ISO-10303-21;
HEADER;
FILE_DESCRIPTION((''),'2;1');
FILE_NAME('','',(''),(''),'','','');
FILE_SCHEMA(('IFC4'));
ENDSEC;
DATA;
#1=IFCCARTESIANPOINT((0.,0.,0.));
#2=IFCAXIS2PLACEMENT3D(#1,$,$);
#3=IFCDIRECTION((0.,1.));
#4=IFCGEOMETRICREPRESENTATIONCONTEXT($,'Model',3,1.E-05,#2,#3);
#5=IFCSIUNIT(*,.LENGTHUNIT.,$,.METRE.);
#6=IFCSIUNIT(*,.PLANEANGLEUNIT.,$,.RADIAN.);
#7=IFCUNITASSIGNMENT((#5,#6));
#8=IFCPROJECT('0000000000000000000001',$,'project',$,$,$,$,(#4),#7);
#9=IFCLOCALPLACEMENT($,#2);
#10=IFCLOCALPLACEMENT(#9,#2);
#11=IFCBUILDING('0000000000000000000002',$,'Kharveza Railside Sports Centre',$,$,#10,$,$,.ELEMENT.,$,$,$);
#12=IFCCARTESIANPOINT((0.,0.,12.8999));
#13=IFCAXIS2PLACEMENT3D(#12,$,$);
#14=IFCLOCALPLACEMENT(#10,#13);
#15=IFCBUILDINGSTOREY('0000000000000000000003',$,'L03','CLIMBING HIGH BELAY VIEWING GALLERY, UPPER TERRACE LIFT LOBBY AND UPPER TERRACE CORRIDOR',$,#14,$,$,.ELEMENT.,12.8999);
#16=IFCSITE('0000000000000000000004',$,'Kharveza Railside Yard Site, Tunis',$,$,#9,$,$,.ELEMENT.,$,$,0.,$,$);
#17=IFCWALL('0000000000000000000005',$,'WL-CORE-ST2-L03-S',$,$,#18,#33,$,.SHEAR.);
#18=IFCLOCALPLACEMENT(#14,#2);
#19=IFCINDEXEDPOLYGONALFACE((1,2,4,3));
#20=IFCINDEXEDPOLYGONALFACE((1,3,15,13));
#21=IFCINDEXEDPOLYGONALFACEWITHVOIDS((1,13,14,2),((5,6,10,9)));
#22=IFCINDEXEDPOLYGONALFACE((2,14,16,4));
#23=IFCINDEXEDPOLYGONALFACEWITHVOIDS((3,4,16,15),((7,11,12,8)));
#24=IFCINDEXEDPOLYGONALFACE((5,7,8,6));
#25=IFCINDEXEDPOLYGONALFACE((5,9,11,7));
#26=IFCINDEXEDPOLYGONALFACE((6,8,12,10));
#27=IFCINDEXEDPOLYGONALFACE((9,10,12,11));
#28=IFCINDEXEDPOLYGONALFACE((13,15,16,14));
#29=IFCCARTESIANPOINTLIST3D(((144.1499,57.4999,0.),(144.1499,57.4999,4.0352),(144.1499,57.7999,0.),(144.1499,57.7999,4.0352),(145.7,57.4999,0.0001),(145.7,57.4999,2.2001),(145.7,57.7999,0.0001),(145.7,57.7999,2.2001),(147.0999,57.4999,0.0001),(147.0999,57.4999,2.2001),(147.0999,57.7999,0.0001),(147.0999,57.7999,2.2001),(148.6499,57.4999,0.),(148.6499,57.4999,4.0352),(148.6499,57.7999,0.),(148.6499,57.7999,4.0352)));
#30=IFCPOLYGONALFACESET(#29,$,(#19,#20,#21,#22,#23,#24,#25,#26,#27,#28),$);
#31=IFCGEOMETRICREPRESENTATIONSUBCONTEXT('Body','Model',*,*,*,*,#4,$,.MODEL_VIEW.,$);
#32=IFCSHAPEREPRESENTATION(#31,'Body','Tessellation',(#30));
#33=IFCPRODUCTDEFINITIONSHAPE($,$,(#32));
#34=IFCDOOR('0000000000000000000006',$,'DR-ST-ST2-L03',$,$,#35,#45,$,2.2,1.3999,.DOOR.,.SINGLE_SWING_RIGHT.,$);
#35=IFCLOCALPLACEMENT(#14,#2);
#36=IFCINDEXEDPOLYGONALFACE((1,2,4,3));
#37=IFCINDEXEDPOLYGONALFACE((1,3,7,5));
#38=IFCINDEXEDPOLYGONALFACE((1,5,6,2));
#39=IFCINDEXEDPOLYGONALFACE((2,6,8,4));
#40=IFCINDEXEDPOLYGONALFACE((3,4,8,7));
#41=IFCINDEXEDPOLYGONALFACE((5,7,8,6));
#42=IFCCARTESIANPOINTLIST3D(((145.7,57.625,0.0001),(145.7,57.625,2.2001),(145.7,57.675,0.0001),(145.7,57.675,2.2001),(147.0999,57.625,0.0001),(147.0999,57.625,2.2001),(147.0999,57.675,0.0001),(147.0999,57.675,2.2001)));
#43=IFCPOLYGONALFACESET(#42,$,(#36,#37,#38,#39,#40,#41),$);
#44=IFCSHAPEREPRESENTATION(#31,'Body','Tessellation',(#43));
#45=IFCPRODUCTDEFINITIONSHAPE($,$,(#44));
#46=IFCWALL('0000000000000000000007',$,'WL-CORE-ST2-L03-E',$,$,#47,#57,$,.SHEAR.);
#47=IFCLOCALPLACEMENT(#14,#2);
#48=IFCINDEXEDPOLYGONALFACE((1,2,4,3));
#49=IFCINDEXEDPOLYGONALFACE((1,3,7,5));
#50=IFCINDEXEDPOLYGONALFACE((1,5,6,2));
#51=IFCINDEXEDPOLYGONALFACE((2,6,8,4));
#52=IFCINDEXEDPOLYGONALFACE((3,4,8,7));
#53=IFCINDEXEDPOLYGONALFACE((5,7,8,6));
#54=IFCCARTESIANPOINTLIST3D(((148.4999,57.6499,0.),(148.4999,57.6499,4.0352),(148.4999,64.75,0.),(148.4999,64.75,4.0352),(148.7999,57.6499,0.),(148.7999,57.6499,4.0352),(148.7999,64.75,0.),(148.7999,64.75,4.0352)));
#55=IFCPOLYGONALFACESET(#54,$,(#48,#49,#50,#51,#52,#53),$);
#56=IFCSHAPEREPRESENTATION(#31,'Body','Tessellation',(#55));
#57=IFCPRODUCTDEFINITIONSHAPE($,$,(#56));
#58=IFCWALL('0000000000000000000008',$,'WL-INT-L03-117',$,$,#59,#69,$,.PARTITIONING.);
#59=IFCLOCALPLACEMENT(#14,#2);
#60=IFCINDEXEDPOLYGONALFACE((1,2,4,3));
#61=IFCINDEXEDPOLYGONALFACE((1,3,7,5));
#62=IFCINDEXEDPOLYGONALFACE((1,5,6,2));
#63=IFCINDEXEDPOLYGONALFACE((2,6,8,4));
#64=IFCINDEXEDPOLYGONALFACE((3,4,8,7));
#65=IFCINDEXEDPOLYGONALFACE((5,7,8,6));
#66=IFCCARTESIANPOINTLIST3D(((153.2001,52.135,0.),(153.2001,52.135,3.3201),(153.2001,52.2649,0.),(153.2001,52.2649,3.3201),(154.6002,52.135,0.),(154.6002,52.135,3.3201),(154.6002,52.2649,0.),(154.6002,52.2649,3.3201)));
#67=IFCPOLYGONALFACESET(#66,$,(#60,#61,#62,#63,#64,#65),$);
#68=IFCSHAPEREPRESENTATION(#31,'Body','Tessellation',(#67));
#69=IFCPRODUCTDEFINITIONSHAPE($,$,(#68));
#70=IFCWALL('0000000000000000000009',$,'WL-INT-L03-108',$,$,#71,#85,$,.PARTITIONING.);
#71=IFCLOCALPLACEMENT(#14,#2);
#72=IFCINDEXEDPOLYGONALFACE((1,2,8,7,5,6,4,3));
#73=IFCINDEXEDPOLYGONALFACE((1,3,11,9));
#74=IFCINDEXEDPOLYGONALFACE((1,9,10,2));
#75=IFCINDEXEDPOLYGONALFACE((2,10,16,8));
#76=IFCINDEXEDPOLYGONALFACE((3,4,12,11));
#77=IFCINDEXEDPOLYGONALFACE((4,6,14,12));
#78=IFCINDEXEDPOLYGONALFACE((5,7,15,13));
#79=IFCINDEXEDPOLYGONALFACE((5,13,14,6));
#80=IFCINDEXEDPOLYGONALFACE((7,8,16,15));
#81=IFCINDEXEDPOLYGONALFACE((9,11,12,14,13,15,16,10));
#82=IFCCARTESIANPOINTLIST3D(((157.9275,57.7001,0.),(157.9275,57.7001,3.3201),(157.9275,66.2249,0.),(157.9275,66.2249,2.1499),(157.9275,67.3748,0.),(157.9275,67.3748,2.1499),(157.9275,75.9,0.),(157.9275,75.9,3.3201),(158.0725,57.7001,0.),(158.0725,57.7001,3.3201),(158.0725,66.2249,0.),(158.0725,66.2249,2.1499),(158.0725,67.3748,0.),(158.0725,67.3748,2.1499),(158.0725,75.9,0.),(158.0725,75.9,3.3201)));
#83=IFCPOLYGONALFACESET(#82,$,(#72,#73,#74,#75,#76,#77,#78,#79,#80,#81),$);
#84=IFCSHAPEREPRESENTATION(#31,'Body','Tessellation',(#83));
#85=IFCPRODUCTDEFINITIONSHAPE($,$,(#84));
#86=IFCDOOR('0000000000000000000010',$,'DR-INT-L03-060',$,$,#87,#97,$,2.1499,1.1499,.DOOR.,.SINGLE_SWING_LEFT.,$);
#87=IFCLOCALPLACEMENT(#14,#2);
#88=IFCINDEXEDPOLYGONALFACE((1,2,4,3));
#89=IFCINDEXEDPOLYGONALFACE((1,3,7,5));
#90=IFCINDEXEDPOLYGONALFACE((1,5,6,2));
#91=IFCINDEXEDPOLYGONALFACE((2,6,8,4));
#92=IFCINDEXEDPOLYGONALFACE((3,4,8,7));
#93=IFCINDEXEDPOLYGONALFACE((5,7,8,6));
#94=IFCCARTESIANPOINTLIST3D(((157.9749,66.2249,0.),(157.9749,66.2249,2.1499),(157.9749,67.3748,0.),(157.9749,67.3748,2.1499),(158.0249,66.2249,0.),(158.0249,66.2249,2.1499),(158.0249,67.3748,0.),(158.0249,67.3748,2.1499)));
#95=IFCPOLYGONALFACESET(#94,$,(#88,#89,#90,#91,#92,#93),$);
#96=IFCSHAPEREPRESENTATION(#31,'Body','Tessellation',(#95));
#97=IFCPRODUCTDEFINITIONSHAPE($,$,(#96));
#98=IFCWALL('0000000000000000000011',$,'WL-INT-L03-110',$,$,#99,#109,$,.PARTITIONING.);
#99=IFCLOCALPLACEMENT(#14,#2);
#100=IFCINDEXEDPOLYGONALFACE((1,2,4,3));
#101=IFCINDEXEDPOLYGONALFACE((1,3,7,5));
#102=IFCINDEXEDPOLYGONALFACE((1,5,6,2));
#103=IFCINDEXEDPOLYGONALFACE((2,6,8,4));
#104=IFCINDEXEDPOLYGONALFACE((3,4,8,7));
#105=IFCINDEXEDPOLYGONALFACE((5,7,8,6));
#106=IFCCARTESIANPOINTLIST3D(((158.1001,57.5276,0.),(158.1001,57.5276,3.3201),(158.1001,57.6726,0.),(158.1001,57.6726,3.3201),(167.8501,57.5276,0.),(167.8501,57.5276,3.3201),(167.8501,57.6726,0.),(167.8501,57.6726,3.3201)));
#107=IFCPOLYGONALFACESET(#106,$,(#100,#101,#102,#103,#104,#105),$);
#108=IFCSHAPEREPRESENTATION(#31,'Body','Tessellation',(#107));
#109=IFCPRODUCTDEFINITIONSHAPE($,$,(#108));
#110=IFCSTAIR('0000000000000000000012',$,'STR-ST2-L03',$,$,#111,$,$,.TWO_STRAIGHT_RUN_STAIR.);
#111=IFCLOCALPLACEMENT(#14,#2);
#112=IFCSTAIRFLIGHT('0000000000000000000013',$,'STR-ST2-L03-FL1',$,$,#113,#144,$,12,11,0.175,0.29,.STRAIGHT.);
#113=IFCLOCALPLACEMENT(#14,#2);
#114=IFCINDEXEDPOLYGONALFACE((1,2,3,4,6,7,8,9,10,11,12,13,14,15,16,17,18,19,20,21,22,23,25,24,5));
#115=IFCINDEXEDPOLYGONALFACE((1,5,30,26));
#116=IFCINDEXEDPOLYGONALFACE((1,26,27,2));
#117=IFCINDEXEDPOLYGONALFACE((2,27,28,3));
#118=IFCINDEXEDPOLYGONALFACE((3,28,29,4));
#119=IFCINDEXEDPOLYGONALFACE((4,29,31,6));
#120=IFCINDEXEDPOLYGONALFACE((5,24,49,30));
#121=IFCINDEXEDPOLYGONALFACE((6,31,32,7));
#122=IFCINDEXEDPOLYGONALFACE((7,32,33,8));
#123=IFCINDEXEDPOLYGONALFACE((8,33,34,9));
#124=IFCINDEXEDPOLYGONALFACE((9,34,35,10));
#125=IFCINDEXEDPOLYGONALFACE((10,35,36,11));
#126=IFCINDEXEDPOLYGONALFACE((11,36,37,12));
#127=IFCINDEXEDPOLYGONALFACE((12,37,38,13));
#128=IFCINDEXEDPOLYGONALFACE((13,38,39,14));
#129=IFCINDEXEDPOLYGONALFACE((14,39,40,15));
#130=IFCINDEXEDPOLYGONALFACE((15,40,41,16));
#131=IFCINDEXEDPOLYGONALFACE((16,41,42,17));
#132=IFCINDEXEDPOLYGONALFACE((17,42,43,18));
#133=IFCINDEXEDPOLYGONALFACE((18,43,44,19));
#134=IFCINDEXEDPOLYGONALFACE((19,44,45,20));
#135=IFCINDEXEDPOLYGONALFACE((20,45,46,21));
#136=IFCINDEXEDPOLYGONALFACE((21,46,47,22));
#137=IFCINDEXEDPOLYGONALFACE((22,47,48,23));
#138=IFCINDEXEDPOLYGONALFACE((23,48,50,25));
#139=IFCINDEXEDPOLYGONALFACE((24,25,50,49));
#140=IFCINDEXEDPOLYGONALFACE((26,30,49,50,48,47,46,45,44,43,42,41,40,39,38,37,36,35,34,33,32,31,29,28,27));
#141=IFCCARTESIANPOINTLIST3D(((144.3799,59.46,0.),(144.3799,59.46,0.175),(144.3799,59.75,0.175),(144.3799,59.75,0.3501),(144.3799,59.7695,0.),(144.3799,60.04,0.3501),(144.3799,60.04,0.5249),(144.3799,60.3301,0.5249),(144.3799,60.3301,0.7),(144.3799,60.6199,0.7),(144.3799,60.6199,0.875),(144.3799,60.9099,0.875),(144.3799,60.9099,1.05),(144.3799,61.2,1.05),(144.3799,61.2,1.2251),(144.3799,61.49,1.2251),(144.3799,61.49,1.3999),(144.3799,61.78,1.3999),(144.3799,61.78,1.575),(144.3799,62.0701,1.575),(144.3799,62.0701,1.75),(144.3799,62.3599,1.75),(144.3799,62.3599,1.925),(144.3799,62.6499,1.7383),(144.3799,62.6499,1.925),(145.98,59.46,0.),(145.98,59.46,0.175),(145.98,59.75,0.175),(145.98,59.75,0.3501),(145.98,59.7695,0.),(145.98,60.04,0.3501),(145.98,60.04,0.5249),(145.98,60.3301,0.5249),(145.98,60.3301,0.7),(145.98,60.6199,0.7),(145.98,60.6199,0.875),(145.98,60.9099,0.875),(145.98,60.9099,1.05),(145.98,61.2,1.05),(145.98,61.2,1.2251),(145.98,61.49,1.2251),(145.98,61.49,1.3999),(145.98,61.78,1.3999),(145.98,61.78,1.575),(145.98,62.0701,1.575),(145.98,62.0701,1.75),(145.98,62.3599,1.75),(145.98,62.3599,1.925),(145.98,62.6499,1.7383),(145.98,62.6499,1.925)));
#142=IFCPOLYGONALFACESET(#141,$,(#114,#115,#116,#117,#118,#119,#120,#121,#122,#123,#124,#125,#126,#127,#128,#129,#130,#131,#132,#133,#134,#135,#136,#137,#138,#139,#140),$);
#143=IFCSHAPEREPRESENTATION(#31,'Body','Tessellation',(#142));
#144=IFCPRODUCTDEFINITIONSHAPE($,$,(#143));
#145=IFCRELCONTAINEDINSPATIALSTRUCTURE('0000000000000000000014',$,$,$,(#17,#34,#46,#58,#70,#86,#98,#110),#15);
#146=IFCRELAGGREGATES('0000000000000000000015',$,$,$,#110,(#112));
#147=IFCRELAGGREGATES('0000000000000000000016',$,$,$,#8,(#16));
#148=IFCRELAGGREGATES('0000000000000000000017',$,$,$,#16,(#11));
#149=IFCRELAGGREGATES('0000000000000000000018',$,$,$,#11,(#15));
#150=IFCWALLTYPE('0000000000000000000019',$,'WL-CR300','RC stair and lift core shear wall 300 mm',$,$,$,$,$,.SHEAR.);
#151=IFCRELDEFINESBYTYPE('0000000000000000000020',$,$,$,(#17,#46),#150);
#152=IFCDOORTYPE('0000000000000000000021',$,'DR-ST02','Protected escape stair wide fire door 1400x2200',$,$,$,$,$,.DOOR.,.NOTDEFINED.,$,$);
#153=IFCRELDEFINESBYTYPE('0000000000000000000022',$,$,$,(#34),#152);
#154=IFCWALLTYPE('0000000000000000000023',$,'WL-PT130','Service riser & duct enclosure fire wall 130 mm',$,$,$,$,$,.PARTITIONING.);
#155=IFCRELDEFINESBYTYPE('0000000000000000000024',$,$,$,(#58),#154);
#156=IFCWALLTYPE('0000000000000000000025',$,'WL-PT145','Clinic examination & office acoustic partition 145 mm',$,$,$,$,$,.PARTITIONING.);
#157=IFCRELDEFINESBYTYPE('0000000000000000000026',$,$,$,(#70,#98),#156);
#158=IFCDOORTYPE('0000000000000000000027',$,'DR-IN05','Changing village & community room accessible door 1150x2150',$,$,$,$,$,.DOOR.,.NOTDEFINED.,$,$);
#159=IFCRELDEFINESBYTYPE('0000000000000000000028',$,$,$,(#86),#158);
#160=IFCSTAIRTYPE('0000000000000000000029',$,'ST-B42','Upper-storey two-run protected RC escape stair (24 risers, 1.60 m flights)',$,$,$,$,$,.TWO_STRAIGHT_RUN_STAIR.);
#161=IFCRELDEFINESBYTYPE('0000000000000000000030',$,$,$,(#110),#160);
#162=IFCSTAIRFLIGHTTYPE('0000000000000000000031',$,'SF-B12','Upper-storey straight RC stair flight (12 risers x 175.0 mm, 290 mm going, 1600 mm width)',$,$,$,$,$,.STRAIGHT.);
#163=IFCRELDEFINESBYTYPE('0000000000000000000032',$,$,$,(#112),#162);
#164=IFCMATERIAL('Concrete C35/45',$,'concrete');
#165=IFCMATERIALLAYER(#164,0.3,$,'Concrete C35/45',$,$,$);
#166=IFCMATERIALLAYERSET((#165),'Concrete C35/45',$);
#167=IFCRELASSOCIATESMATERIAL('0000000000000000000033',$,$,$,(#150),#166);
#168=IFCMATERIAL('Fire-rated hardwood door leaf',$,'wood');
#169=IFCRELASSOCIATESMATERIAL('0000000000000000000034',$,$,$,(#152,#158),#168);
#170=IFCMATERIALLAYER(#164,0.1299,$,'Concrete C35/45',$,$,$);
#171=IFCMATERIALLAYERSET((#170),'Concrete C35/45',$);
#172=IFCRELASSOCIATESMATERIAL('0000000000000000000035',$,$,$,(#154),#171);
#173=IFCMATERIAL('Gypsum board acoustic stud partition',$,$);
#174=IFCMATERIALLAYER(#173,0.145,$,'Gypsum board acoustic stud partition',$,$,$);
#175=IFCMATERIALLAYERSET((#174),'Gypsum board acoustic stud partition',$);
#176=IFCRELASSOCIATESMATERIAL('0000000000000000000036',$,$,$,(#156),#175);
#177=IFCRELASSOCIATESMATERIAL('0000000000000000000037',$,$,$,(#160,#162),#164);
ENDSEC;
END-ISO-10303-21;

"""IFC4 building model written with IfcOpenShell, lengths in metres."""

from ifc_helpers import new_model, si_unit, direction, frame, frame_2d, origin, place, context, subcontext, project, spatial, polyline, rectangle, outline, extrude, material, layer, layer_set, type_object, element, fill, aggregate, save


model = new_model("IFC4")

# Units and contexts
model_context = context("Model", 3, precision=1e-05, world=origin(), true_north=direction((0.0, 1.0)))
body_context = subcontext(model_context, "Body", "Model", "MODEL_VIEW")
ifc_project = project(units=[si_unit("LENGTHUNIT", "METRE"), si_unit("PLANEANGLEUNIT", "RADIAN")], contexts=[model_context])

# Site, building, storey
site_placement = place(None, origin())
site = spatial("IfcSite", under=ifc_project, at=site_placement, Name="Kharveza Railside Yard Site, Tunis", CompositionType="ELEMENT", RefElevation=0.0)
building_placement = place(site_placement, origin())
building = spatial("IfcBuilding", under=site, at=building_placement, Name="Kharveza Railside Sports Centre", CompositionType="ELEMENT")
storey_placement = place(building_placement, frame((0.0, 0.0, 12.8999)))
storey = spatial("IfcBuildingStorey", under=building, at=storey_placement, Name="L03", Description="CLIMBING HIGH BELAY VIEWING GALLERY, UPPER TERRACE LIFT LOBBY AND UPPER TERRACE CORRIDOR", CompositionType="ELEMENT", Elevation=12.8999)

# Shared definitions
ifc_material_1 = material(Name="Concrete C35/45", Category="concrete")

# Wall, opening, door
ifc_layer_1 = layer(ifc_material_1, 0.3, Name="Concrete C35/45")
ifc_layer_set_1 = layer_set([ifc_layer_1], Name="Concrete C35/45")
wall_type_1 = type_object("IfcWallType", Name="WL-CR300", Description="RC stair and lift core shear wall 300 mm", PredefinedType="SHEAR", material=ifc_layer_set_1)
wall_1_placement = place(storey_placement, frame((144.1499, 57.6499, 0.0), z_axis=(0.0, 0.0, 1.0), x_axis=(1.0, 0.0, 0.0)))
wall_1 = element("IfcWall", 1, at=wall_1_placement, inside=storey, type_object=wall_type_1, Name="WL-CORE-ST2-L03-S", PredefinedType="SHEAR", context=body_context, shape_type="SweptSolid", body=[
    extrude(rectangle(XDim=4.5, YDim=0.3, at=frame_2d((2.25, 0.0))), origin(), (0.0, 0.0, 1.0), 4.0352),
])
opening_1_placement = place(wall_1_placement, frame((1.55, 0.0, 0.0)))
opening_1 = element("IfcOpeningElement", 2, at=opening_1_placement, cuts=wall_1, PredefinedType="OPENING", context=body_context, shape_type="SweptSolid", body=[
    extrude(rectangle(XDim=1.3999, YDim=2.2, at=frame_2d((0.7, 1.1001))), frame((0.0, 0.1748, 0.0), z_axis=(0.0, -1.0, 0.0), x_axis=(1.0, 0.0, 0.0)), (0.0, 0.0, 1.0), 0.3499),
])
ifc_material_2 = material(Name="Fire-rated hardwood door leaf", Category="wood")
door_type_1 = type_object("IfcDoorType", Name="DR-ST02", Description="Protected escape stair wide fire door 1400x2200", OperationType="NOTDEFINED", PredefinedType="DOOR", material=ifc_material_2)
door_1_placement = place(opening_1_placement, frame((1.3999, 0.0, 0.0), z_axis=(0.0, 0.0, 1.0), x_axis=(-1.0, 0.0, 0.0)))
door_1 = element("IfcDoor", 3, at=door_1_placement, inside=storey, type_object=door_type_1, Name="DR-ST-ST2-L03", OperationType="SINGLE_SWING_RIGHT", OverallHeight=2.2, OverallWidth=1.3999, PredefinedType="DOOR", context=body_context, shape_type="SweptSolid", body=[
    extrude(rectangle(XDim=1.3999, YDim=2.2, at=frame_2d((0.7, 1.1001))), frame((0.0, 0.0249, 0.0), z_axis=(0.0, -1.0, 0.0), x_axis=(1.0, 0.0, 0.0)), (0.0, 0.0, 1.0), 0.05),
])
fill(opening_1, door_1)

# Walls
wall_2_placement = place(storey_placement, frame((148.6499, 57.6499, 0.0), z_axis=(0.0, 0.0, 1.0), x_axis=(0.0, 1.0, 0.0)))
element("IfcWall", 4, at=wall_2_placement, inside=storey, type_object=wall_type_1, Name="WL-CORE-ST2-L03-E", PredefinedType="SHEAR", context=body_context, shape_type="SweptSolid", body=[
    extrude(rectangle(XDim=7.1001, YDim=0.3, at=frame_2d((3.55, 0.0))), origin(), (0.0, 0.0, 1.0), 4.0352),
])
ifc_layer_2 = layer(ifc_material_1, 0.1299, Name="Concrete C35/45")
ifc_layer_set_2 = layer_set([ifc_layer_2], Name="Concrete C35/45")
wall_type_2 = type_object("IfcWallType", Name="WL-PT130", Description="Service riser & duct enclosure fire wall 130 mm", PredefinedType="PARTITIONING", material=ifc_layer_set_2)
wall_3_placement = place(storey_placement, frame((153.2, 52.2, 0.0), z_axis=(0.0, 0.0, 1.0), x_axis=(1.0, 0.0, 0.0)))
element("IfcWall", 5, at=wall_3_placement, inside=storey, type_object=wall_type_2, Name="WL-INT-L03-117", PredefinedType="PARTITIONING", context=body_context, shape_type="SweptSolid", body=[
    extrude(rectangle(XDim=1.4001, YDim=0.1299, at=frame_2d((0.7002, 0.0))), origin(), (0.0, 0.0, 1.0), 3.3201),
])

# Wall, opening, door
ifc_material_3 = material(Name="Gypsum board acoustic stud partition")
ifc_layer_3 = layer(ifc_material_3, 0.145, Name="Gypsum board acoustic stud partition")
ifc_layer_set_3 = layer_set([ifc_layer_3], Name="Gypsum board acoustic stud partition")
wall_type_3 = type_object("IfcWallType", Name="WL-PT145", Description="Clinic examination & office acoustic partition 145 mm", PredefinedType="PARTITIONING", material=ifc_layer_set_3)
wall_4_placement = place(storey_placement, frame((158.0, 57.7, 0.0), z_axis=(0.0, 0.0, 1.0), x_axis=(0.0, 1.0, 0.0)))
wall_4 = element("IfcWall", 6, at=wall_4_placement, inside=storey, type_object=wall_type_3, Name="WL-INT-L03-108", PredefinedType="PARTITIONING", context=body_context, shape_type="SweptSolid", body=[
    extrude(rectangle(XDim=18.2, YDim=0.145, at=frame_2d((9.1001, 0.0))), origin(), (0.0, 0.0, 1.0), 3.3201),
])
opening_2_placement = place(wall_4_placement, frame((8.5249, 0.0, 0.0)))
opening_2 = element("IfcOpeningElement", 7, at=opening_2_placement, cuts=wall_4, PredefinedType="OPENING", context=body_context, shape_type="SweptSolid", body=[
    extrude(rectangle(XDim=1.1499, YDim=2.1499, at=frame_2d((0.575, 1.075))), frame((0.0, 0.0974, 0.0), z_axis=(0.0, -1.0, 0.0), x_axis=(1.0, 0.0, 0.0)), (0.0, 0.0, 1.0), 0.1948),
])
door_type_2 = type_object("IfcDoorType", Name="DR-IN05", Description="Changing village & community room accessible door 1150x2150", OperationType="NOTDEFINED", PredefinedType="DOOR", material=ifc_material_2)
door_2_placement = place(opening_2_placement, frame((1.1499, 0.0, 0.0), z_axis=(0.0, 0.0, 1.0), x_axis=(-1.0, 0.0, 0.0)))
door_2 = element("IfcDoor", 8, at=door_2_placement, inside=storey, type_object=door_type_2, Name="DR-INT-L03-060", OperationType="SINGLE_SWING_LEFT", OverallHeight=2.1499, OverallWidth=1.1499, PredefinedType="DOOR", context=body_context, shape_type="SweptSolid", body=[
    extrude(rectangle(XDim=1.1499, YDim=2.1499, at=frame_2d((0.575, 1.075))), frame((0.0, 0.0249, 0.0), z_axis=(0.0, -1.0, 0.0), x_axis=(1.0, 0.0, 0.0)), (0.0, 0.0, 1.0), 0.05),
])
fill(opening_2, door_2)

# Wall
wall_5_placement = place(storey_placement, frame((158.1001, 57.6001, 0.0), z_axis=(0.0, 0.0, 1.0), x_axis=(1.0, 0.0, 0.0)))
element("IfcWall", 9, at=wall_5_placement, inside=storey, type_object=wall_type_3, Name="WL-INT-L03-110", PredefinedType="PARTITIONING", context=body_context, shape_type="SweptSolid", body=[
    extrude(rectangle(XDim=9.75, YDim=0.145, at=frame_2d((4.875, 0.0))), origin(), (0.0, 0.0, 1.0), 3.3201),
])

# Stair, stair flight
stair_type = type_object("IfcStairType", Name="ST-B42", Description="Upper-storey two-run protected RC escape stair (24 risers, 1.60 m flights)", PredefinedType="TWO_STRAIGHT_RUN_STAIR", material=ifc_material_1)
stair_placement = place(storey_placement, origin())
stair = element("IfcStair", 10, at=stair_placement, inside=storey, type_object=stair_type, Name="STR-ST2-L03", PredefinedType="TWO_STRAIGHT_RUN_STAIR")
stair_flight_type = type_object("IfcStairFlightType", Name="SF-B12", Description="Upper-storey straight RC stair flight (12 risers x 175.0 mm, 290 mm going, 1600 mm width)", PredefinedType="STRAIGHT", material=ifc_material_1)
stair_flight_placement = place(storey_placement, frame((145.1799, 59.46, 0.0), z_axis=(0.0, 0.0, 1.0), x_axis=(0.0, 1.0, 0.0)))
stair_flight = element("IfcStairFlight", 11, at=stair_flight_placement, type_object=stair_flight_type, Name="STR-ST2-L03-FL1", NumberOfRisers=12, NumberOfTreads=11, PredefinedType="STRAIGHT", RiserHeight=0.175, TreadLength=0.29, context=body_context, shape_type="SweptSolid", body=[
    extrude(outline(polyline([(0.0, 0.0), (0.0, 0.175), (0.29, 0.175), (0.29, 0.3501), (0.5801, 0.3501), (0.5801, 0.5249), (0.8701, 0.5249), (0.8701, 0.7), (1.1599, 0.7), (1.1599, 0.875), (1.45, 0.875), (1.45, 1.05), (1.74, 1.05), (1.74, 1.2251), (2.03, 1.2251), (2.03, 1.3999), (2.3201, 1.3999), (2.3201, 1.575), (2.6101, 1.575), (2.6101, 1.75), (2.8999, 1.75), (2.8999, 1.925), (3.1899, 1.925), (3.1899, 2.1001), (3.1899, 1.7383), (0.3096, 0.0), (0.0, 0.0)])), frame((0.0, 0.8, 0.0), z_axis=(0.0, -1.0, 0.0), x_axis=(1.0, 0.0, 0.0)), (0.0, 0.0, 1.0), 1.6001),
])
aggregate(stair, [stair_flight])

save(model, "model.ifc")
